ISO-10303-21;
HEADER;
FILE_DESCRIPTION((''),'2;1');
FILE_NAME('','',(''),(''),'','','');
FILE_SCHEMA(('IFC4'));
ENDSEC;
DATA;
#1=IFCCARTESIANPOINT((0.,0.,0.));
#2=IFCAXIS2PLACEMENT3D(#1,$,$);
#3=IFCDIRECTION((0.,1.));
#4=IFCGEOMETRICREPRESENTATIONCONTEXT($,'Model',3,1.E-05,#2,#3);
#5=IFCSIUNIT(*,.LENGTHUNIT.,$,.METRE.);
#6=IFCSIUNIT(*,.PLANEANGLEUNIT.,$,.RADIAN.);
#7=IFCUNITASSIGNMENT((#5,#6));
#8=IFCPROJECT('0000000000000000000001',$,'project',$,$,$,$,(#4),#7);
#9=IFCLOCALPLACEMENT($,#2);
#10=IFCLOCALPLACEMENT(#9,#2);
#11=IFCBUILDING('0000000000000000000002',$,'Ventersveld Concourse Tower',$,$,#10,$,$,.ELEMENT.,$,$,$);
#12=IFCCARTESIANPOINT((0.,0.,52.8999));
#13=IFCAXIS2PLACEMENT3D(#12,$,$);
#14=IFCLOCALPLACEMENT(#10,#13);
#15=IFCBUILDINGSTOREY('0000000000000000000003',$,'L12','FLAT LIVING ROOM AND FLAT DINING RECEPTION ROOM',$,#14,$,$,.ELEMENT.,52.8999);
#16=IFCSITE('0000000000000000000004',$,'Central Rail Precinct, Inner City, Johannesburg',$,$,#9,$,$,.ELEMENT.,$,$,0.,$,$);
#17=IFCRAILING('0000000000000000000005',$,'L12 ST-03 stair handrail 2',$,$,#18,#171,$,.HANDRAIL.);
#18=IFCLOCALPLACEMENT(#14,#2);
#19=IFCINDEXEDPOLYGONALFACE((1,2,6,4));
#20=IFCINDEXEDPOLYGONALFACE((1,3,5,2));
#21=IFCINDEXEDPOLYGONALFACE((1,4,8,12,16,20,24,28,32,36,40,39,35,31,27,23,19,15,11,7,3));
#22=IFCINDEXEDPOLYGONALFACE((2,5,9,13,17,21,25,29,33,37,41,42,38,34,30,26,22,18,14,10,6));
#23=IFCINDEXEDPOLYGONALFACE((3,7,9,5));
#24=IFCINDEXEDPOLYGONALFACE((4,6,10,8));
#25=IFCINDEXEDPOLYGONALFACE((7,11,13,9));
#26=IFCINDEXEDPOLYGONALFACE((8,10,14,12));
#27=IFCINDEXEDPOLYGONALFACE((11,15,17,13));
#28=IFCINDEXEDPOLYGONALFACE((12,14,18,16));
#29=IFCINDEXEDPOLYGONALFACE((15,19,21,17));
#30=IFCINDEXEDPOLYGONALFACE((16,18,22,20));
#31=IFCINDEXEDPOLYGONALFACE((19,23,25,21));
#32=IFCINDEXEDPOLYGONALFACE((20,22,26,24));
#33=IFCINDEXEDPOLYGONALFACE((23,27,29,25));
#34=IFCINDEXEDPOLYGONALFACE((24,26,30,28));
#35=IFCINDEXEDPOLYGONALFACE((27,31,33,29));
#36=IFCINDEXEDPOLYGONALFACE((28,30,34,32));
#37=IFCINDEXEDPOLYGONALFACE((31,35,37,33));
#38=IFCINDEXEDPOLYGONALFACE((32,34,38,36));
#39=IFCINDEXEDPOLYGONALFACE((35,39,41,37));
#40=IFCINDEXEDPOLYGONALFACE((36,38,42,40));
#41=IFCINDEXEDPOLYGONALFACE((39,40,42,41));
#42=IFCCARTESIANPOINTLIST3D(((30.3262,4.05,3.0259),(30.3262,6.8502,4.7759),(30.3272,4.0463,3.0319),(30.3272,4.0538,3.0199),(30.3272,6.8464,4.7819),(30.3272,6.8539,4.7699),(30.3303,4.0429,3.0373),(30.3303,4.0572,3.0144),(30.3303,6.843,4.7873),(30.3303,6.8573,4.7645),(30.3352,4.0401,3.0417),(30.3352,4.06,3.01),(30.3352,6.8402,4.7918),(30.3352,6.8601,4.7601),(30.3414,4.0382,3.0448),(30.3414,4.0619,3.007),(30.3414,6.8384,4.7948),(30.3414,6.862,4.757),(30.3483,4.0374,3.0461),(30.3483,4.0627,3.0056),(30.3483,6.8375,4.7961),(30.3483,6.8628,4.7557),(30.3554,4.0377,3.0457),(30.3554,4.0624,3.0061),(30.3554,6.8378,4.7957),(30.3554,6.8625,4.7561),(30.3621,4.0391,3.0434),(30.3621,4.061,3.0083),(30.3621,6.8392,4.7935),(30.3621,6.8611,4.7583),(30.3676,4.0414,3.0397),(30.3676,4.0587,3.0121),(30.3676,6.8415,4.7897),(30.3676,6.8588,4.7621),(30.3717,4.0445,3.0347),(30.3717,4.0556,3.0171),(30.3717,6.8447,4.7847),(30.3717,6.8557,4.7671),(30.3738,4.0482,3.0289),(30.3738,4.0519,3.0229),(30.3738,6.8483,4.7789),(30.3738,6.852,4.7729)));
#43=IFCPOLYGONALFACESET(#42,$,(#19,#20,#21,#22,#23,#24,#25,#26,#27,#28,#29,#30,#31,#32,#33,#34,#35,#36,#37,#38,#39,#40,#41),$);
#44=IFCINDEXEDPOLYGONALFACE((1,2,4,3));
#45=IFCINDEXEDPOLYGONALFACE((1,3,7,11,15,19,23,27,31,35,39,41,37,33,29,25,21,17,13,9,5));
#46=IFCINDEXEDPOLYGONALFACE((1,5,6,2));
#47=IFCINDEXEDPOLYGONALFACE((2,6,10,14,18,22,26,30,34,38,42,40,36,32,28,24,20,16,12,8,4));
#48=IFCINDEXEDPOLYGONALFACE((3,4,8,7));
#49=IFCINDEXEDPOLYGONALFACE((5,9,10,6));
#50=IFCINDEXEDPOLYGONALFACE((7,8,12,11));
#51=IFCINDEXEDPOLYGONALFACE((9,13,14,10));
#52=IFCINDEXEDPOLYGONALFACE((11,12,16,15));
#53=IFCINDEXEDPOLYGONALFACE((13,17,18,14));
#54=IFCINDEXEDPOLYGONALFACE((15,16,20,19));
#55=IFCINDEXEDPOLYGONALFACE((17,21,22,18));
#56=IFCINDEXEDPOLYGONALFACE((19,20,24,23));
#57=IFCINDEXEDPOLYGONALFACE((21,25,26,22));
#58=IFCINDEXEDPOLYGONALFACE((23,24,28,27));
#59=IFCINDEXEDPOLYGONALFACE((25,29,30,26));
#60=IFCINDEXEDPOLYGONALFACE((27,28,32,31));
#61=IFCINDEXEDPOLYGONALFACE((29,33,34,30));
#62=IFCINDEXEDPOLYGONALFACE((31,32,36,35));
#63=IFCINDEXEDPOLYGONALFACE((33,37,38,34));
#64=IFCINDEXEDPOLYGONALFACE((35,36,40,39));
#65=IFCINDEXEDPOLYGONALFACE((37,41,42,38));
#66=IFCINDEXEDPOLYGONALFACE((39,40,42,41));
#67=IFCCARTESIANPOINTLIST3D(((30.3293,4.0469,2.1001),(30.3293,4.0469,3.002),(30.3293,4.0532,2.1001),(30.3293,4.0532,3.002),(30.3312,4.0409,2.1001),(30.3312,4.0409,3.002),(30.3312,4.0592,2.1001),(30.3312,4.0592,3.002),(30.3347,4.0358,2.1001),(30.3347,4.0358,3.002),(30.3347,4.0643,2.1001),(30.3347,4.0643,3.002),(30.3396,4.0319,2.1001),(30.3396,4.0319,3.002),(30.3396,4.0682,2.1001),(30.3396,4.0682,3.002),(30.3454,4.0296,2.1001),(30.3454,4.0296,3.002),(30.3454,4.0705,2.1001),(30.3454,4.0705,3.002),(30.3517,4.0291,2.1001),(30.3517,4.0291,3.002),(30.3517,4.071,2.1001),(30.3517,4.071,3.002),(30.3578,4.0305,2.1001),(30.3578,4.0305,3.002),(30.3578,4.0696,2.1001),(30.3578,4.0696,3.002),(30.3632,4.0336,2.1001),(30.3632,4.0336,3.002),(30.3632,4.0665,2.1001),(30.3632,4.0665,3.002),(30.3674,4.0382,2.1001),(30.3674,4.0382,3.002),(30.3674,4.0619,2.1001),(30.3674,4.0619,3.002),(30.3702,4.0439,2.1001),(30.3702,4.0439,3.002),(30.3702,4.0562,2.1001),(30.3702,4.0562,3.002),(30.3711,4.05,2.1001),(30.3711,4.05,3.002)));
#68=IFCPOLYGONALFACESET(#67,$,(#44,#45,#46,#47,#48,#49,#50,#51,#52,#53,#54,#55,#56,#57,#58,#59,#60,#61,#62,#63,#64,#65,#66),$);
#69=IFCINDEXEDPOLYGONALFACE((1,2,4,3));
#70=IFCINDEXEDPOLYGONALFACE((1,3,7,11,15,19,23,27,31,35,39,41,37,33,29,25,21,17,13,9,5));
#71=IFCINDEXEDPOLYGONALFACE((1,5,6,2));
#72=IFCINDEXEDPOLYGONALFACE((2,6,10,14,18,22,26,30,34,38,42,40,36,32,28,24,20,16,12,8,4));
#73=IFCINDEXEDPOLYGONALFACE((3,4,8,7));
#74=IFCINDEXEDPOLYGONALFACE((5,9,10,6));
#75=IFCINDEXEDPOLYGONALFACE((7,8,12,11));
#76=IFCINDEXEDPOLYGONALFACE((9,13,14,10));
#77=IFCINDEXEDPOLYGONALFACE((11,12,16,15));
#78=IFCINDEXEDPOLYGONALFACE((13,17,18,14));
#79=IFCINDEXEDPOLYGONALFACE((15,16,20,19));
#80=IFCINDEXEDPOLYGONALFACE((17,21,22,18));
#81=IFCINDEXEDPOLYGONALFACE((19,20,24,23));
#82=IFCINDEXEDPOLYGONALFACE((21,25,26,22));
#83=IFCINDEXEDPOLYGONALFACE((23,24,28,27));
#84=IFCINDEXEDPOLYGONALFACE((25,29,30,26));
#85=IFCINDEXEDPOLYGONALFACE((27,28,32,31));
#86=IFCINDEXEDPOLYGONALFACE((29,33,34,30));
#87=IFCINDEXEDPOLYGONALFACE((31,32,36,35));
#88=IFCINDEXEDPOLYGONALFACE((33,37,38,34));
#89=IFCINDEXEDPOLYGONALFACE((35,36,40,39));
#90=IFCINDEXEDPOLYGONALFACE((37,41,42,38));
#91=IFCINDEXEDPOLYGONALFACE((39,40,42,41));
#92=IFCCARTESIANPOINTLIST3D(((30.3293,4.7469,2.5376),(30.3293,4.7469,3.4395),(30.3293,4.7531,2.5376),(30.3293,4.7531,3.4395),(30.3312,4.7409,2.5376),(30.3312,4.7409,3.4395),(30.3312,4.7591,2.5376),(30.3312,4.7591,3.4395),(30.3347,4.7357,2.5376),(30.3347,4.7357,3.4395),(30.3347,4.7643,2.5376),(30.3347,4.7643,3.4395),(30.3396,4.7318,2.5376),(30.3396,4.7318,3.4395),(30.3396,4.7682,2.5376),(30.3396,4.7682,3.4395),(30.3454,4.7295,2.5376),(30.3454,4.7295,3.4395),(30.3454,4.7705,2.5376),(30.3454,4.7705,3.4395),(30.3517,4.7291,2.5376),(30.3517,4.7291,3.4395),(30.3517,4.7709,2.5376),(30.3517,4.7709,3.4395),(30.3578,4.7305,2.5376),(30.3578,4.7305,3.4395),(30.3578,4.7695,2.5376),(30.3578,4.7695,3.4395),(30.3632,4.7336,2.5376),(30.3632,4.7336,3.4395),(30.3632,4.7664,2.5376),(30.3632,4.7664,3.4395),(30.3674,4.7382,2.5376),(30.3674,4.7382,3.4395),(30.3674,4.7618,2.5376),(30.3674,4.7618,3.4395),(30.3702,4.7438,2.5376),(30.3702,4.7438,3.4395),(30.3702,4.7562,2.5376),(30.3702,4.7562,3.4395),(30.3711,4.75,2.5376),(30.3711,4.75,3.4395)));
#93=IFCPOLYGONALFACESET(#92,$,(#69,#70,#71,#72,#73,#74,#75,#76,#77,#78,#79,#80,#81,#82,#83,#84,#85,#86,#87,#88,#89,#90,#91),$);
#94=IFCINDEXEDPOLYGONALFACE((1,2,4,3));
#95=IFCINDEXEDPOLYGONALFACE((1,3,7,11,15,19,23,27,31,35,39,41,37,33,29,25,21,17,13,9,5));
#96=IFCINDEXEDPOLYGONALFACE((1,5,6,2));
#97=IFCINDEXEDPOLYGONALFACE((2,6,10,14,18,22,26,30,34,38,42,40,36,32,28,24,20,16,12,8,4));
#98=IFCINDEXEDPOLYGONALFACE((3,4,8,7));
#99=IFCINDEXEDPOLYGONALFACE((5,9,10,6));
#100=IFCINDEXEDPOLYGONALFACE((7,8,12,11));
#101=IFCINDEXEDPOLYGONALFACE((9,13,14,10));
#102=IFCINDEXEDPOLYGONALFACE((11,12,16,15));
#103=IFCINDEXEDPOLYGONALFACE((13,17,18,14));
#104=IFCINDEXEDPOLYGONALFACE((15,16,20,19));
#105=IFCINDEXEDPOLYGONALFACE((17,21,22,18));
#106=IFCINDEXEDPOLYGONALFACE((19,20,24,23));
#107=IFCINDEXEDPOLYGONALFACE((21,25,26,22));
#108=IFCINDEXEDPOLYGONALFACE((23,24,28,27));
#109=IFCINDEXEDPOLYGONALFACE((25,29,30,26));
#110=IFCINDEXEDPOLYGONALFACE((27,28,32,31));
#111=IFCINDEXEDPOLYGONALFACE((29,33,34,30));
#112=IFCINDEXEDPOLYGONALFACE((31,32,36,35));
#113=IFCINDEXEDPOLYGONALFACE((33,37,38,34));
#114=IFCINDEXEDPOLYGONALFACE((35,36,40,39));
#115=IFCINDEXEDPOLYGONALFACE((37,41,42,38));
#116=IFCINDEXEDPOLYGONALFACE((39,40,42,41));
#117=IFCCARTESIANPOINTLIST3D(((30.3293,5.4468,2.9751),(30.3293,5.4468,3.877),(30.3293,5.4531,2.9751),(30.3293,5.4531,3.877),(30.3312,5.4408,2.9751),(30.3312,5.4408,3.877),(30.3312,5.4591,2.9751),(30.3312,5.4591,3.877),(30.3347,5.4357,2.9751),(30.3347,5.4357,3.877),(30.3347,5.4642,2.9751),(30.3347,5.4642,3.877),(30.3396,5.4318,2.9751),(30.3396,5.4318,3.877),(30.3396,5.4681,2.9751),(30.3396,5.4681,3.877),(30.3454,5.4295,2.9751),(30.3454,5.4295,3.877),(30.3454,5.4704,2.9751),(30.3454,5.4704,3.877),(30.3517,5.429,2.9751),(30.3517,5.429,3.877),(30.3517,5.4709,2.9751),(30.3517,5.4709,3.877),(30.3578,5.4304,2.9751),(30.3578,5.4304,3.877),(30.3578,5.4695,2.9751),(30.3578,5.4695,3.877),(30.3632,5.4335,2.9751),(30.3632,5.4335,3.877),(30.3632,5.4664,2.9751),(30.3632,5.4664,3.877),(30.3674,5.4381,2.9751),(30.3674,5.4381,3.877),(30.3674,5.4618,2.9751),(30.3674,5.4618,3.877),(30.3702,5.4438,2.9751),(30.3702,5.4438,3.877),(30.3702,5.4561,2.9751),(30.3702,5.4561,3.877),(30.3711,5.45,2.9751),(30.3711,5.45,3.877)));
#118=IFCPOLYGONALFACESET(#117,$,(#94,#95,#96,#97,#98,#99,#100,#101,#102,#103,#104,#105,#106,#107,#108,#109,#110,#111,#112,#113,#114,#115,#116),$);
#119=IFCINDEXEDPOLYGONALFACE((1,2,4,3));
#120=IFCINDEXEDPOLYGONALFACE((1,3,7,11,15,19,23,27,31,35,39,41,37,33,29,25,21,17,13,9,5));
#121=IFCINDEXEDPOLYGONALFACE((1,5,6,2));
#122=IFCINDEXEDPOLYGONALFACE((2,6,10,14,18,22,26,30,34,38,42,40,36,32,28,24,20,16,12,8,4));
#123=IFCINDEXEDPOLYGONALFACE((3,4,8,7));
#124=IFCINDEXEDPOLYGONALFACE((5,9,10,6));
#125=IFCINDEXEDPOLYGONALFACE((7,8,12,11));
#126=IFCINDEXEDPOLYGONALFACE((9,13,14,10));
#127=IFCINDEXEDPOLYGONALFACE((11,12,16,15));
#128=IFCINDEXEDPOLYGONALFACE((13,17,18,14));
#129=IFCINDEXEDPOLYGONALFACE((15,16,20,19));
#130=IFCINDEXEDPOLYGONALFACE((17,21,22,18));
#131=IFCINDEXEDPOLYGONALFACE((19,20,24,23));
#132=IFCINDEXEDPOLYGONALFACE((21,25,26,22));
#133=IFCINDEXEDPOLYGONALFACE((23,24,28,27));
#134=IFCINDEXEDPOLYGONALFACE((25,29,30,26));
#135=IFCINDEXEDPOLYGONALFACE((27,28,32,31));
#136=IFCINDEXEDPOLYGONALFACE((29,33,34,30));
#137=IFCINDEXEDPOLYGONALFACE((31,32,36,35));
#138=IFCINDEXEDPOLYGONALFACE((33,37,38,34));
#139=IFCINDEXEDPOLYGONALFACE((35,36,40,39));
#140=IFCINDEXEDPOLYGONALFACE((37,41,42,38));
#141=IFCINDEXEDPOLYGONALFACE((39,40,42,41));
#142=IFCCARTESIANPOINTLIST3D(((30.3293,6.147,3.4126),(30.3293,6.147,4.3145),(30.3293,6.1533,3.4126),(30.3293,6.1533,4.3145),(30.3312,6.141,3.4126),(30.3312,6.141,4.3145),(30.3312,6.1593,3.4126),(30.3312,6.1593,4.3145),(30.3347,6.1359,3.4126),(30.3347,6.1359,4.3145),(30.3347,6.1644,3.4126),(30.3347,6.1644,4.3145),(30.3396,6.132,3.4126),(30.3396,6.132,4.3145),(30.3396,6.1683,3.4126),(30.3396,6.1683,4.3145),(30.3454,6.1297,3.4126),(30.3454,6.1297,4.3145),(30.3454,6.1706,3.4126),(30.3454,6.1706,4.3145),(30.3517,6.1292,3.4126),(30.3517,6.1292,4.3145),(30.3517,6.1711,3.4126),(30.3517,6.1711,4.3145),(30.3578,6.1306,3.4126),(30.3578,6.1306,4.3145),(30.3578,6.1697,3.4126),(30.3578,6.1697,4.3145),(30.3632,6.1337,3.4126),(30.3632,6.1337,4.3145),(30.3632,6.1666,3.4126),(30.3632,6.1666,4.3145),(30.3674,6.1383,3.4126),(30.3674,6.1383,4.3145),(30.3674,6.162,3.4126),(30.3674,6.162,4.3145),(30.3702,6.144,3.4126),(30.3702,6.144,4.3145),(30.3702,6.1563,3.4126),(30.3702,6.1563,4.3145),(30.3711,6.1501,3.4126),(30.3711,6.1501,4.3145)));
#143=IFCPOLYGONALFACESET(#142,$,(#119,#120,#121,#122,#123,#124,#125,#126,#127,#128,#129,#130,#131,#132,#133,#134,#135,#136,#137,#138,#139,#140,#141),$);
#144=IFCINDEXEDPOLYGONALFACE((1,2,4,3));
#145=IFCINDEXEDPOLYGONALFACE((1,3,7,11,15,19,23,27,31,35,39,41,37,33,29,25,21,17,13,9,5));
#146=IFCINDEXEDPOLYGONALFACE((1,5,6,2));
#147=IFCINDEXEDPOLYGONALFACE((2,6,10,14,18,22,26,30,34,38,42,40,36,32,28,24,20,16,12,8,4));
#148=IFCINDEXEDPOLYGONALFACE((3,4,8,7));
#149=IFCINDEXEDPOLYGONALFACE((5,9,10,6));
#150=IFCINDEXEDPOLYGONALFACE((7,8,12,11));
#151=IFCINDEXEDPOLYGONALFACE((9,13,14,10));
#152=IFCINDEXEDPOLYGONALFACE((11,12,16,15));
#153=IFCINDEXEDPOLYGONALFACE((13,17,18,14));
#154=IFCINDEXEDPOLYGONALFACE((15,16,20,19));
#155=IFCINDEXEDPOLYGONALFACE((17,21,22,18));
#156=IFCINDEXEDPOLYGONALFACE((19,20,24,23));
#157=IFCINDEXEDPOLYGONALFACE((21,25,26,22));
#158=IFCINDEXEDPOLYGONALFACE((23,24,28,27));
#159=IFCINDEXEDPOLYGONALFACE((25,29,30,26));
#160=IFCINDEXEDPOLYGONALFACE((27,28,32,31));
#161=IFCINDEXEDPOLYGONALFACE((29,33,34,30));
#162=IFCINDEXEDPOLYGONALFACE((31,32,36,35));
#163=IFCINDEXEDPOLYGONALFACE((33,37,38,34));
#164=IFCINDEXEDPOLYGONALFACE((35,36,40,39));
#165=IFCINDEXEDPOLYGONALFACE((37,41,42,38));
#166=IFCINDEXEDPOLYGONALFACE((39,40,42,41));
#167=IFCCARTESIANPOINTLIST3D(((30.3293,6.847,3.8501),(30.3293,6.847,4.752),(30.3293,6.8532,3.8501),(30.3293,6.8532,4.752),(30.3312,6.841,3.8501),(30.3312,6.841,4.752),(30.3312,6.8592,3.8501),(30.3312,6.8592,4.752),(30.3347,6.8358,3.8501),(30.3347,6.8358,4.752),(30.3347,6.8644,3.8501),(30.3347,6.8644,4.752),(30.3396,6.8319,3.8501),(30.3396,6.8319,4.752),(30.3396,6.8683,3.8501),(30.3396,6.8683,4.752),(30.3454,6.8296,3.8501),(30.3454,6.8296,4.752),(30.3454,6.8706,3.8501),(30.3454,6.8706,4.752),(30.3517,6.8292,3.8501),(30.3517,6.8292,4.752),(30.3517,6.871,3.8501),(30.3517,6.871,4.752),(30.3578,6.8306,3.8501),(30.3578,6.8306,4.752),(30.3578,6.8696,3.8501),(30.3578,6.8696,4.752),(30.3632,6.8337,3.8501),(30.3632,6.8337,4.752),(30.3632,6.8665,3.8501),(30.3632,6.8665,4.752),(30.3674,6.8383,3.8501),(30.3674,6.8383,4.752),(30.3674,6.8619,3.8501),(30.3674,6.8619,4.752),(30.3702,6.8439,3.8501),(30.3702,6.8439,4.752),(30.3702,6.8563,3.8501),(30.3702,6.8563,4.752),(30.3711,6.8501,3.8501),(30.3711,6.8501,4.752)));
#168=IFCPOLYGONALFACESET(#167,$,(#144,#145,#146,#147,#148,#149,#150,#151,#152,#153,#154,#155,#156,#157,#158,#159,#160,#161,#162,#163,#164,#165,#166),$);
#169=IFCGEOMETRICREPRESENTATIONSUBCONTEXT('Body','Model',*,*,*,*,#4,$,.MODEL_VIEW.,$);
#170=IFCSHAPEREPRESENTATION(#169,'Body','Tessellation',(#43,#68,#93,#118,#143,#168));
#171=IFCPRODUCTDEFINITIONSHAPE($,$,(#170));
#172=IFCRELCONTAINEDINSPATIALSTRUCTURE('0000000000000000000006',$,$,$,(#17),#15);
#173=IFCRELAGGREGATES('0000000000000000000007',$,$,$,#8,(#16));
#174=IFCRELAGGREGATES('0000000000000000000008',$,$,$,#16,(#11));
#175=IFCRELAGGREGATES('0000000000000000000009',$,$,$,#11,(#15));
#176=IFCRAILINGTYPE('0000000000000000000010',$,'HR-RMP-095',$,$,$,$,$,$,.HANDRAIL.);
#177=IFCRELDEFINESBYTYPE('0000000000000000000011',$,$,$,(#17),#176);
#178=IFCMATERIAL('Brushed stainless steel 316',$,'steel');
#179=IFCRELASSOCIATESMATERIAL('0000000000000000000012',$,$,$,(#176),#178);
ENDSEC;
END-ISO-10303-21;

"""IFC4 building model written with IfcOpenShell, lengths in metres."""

from ifc_helpers import new_model, si_unit, direction, frame, origin, origin_2d, place, context, subcontext, project, spatial, circle, extrude, material, type_object, element, save


model = new_model("IFC4")

# Units and contexts
model_context = context("Model", 3, precision=1e-05, world=origin(), true_north=direction((0.0, 1.0)))
body_context = subcontext(model_context, "Body", "Model", "MODEL_VIEW")
ifc_project = project(units=[si_unit("LENGTHUNIT", "METRE"), si_unit("PLANEANGLEUNIT", "RADIAN")], contexts=[model_context])

# Site, building, storey
site_placement = place(None, origin())
site = spatial("IfcSite", under=ifc_project, at=site_placement, Name="Central Rail Precinct, Inner City, Johannesburg", CompositionType="ELEMENT", RefElevation=0.0)
building_placement = place(site_placement, origin())
building = spatial("IfcBuilding", under=site, at=building_placement, Name="Ventersveld Concourse Tower", CompositionType="ELEMENT")
storey_placement = place(building_placement, frame((0.0, 0.0, 52.8999)))
storey = spatial("IfcBuildingStorey", under=building, at=storey_placement, Name="L12", Description="FLAT LIVING ROOM AND FLAT DINING RECEPTION ROOM", CompositionType="ELEMENT", Elevation=52.8999)

# Railing
ifc_material_1 = material(Name="Brushed stainless steel 316", Category="steel")
railing_type_1 = type_object("IfcRailingType", Name="HR-RMP-095", PredefinedType="HANDRAIL", material=ifc_material_1)
railing_1_placement = place(storey_placement, frame((30.3501, 4.05, 2.1001)))
element("IfcRailing", 1, at=railing_1_placement, inside=storey, type_object=railing_type_1, Name="L12 ST-03 stair handrail 2", PredefinedType="HANDRAIL", context=body_context, shape_type="SweptSolid", body=[
    extrude(circle(Radius=0.0239, at=origin_2d()), frame((0.0, 0.0, 0.9258), z_axis=(0.0, 0.848002, 0.529992), x_axis=(-1.0, 0.0, 0.0)), (0.0, 0.0, 1.0), 3.302),
    extrude(circle(Radius=0.021, at=origin_2d()), origin(), (0.0, 0.0, 1.0), 0.9019),
    extrude(circle(Radius=0.021, at=origin_2d()), frame((0.0, 0.7, 0.4375)), (0.0, 0.0, 1.0), 0.9019),
    extrude(circle(Radius=0.021, at=origin_2d()), frame((0.0, 1.3999, 0.875)), (0.0, 0.0, 1.0), 0.9019),
    extrude(circle(Radius=0.021, at=origin_2d()), frame((0.0, 2.1001, 1.3125)), (0.0, 0.0, 1.0), 0.9019),
    extrude(circle(Radius=0.021, at=origin_2d()), frame((0.0, 2.8, 1.75)), (0.0, 0.0, 1.0), 0.9019),
])

save(model, "model.ifc")
